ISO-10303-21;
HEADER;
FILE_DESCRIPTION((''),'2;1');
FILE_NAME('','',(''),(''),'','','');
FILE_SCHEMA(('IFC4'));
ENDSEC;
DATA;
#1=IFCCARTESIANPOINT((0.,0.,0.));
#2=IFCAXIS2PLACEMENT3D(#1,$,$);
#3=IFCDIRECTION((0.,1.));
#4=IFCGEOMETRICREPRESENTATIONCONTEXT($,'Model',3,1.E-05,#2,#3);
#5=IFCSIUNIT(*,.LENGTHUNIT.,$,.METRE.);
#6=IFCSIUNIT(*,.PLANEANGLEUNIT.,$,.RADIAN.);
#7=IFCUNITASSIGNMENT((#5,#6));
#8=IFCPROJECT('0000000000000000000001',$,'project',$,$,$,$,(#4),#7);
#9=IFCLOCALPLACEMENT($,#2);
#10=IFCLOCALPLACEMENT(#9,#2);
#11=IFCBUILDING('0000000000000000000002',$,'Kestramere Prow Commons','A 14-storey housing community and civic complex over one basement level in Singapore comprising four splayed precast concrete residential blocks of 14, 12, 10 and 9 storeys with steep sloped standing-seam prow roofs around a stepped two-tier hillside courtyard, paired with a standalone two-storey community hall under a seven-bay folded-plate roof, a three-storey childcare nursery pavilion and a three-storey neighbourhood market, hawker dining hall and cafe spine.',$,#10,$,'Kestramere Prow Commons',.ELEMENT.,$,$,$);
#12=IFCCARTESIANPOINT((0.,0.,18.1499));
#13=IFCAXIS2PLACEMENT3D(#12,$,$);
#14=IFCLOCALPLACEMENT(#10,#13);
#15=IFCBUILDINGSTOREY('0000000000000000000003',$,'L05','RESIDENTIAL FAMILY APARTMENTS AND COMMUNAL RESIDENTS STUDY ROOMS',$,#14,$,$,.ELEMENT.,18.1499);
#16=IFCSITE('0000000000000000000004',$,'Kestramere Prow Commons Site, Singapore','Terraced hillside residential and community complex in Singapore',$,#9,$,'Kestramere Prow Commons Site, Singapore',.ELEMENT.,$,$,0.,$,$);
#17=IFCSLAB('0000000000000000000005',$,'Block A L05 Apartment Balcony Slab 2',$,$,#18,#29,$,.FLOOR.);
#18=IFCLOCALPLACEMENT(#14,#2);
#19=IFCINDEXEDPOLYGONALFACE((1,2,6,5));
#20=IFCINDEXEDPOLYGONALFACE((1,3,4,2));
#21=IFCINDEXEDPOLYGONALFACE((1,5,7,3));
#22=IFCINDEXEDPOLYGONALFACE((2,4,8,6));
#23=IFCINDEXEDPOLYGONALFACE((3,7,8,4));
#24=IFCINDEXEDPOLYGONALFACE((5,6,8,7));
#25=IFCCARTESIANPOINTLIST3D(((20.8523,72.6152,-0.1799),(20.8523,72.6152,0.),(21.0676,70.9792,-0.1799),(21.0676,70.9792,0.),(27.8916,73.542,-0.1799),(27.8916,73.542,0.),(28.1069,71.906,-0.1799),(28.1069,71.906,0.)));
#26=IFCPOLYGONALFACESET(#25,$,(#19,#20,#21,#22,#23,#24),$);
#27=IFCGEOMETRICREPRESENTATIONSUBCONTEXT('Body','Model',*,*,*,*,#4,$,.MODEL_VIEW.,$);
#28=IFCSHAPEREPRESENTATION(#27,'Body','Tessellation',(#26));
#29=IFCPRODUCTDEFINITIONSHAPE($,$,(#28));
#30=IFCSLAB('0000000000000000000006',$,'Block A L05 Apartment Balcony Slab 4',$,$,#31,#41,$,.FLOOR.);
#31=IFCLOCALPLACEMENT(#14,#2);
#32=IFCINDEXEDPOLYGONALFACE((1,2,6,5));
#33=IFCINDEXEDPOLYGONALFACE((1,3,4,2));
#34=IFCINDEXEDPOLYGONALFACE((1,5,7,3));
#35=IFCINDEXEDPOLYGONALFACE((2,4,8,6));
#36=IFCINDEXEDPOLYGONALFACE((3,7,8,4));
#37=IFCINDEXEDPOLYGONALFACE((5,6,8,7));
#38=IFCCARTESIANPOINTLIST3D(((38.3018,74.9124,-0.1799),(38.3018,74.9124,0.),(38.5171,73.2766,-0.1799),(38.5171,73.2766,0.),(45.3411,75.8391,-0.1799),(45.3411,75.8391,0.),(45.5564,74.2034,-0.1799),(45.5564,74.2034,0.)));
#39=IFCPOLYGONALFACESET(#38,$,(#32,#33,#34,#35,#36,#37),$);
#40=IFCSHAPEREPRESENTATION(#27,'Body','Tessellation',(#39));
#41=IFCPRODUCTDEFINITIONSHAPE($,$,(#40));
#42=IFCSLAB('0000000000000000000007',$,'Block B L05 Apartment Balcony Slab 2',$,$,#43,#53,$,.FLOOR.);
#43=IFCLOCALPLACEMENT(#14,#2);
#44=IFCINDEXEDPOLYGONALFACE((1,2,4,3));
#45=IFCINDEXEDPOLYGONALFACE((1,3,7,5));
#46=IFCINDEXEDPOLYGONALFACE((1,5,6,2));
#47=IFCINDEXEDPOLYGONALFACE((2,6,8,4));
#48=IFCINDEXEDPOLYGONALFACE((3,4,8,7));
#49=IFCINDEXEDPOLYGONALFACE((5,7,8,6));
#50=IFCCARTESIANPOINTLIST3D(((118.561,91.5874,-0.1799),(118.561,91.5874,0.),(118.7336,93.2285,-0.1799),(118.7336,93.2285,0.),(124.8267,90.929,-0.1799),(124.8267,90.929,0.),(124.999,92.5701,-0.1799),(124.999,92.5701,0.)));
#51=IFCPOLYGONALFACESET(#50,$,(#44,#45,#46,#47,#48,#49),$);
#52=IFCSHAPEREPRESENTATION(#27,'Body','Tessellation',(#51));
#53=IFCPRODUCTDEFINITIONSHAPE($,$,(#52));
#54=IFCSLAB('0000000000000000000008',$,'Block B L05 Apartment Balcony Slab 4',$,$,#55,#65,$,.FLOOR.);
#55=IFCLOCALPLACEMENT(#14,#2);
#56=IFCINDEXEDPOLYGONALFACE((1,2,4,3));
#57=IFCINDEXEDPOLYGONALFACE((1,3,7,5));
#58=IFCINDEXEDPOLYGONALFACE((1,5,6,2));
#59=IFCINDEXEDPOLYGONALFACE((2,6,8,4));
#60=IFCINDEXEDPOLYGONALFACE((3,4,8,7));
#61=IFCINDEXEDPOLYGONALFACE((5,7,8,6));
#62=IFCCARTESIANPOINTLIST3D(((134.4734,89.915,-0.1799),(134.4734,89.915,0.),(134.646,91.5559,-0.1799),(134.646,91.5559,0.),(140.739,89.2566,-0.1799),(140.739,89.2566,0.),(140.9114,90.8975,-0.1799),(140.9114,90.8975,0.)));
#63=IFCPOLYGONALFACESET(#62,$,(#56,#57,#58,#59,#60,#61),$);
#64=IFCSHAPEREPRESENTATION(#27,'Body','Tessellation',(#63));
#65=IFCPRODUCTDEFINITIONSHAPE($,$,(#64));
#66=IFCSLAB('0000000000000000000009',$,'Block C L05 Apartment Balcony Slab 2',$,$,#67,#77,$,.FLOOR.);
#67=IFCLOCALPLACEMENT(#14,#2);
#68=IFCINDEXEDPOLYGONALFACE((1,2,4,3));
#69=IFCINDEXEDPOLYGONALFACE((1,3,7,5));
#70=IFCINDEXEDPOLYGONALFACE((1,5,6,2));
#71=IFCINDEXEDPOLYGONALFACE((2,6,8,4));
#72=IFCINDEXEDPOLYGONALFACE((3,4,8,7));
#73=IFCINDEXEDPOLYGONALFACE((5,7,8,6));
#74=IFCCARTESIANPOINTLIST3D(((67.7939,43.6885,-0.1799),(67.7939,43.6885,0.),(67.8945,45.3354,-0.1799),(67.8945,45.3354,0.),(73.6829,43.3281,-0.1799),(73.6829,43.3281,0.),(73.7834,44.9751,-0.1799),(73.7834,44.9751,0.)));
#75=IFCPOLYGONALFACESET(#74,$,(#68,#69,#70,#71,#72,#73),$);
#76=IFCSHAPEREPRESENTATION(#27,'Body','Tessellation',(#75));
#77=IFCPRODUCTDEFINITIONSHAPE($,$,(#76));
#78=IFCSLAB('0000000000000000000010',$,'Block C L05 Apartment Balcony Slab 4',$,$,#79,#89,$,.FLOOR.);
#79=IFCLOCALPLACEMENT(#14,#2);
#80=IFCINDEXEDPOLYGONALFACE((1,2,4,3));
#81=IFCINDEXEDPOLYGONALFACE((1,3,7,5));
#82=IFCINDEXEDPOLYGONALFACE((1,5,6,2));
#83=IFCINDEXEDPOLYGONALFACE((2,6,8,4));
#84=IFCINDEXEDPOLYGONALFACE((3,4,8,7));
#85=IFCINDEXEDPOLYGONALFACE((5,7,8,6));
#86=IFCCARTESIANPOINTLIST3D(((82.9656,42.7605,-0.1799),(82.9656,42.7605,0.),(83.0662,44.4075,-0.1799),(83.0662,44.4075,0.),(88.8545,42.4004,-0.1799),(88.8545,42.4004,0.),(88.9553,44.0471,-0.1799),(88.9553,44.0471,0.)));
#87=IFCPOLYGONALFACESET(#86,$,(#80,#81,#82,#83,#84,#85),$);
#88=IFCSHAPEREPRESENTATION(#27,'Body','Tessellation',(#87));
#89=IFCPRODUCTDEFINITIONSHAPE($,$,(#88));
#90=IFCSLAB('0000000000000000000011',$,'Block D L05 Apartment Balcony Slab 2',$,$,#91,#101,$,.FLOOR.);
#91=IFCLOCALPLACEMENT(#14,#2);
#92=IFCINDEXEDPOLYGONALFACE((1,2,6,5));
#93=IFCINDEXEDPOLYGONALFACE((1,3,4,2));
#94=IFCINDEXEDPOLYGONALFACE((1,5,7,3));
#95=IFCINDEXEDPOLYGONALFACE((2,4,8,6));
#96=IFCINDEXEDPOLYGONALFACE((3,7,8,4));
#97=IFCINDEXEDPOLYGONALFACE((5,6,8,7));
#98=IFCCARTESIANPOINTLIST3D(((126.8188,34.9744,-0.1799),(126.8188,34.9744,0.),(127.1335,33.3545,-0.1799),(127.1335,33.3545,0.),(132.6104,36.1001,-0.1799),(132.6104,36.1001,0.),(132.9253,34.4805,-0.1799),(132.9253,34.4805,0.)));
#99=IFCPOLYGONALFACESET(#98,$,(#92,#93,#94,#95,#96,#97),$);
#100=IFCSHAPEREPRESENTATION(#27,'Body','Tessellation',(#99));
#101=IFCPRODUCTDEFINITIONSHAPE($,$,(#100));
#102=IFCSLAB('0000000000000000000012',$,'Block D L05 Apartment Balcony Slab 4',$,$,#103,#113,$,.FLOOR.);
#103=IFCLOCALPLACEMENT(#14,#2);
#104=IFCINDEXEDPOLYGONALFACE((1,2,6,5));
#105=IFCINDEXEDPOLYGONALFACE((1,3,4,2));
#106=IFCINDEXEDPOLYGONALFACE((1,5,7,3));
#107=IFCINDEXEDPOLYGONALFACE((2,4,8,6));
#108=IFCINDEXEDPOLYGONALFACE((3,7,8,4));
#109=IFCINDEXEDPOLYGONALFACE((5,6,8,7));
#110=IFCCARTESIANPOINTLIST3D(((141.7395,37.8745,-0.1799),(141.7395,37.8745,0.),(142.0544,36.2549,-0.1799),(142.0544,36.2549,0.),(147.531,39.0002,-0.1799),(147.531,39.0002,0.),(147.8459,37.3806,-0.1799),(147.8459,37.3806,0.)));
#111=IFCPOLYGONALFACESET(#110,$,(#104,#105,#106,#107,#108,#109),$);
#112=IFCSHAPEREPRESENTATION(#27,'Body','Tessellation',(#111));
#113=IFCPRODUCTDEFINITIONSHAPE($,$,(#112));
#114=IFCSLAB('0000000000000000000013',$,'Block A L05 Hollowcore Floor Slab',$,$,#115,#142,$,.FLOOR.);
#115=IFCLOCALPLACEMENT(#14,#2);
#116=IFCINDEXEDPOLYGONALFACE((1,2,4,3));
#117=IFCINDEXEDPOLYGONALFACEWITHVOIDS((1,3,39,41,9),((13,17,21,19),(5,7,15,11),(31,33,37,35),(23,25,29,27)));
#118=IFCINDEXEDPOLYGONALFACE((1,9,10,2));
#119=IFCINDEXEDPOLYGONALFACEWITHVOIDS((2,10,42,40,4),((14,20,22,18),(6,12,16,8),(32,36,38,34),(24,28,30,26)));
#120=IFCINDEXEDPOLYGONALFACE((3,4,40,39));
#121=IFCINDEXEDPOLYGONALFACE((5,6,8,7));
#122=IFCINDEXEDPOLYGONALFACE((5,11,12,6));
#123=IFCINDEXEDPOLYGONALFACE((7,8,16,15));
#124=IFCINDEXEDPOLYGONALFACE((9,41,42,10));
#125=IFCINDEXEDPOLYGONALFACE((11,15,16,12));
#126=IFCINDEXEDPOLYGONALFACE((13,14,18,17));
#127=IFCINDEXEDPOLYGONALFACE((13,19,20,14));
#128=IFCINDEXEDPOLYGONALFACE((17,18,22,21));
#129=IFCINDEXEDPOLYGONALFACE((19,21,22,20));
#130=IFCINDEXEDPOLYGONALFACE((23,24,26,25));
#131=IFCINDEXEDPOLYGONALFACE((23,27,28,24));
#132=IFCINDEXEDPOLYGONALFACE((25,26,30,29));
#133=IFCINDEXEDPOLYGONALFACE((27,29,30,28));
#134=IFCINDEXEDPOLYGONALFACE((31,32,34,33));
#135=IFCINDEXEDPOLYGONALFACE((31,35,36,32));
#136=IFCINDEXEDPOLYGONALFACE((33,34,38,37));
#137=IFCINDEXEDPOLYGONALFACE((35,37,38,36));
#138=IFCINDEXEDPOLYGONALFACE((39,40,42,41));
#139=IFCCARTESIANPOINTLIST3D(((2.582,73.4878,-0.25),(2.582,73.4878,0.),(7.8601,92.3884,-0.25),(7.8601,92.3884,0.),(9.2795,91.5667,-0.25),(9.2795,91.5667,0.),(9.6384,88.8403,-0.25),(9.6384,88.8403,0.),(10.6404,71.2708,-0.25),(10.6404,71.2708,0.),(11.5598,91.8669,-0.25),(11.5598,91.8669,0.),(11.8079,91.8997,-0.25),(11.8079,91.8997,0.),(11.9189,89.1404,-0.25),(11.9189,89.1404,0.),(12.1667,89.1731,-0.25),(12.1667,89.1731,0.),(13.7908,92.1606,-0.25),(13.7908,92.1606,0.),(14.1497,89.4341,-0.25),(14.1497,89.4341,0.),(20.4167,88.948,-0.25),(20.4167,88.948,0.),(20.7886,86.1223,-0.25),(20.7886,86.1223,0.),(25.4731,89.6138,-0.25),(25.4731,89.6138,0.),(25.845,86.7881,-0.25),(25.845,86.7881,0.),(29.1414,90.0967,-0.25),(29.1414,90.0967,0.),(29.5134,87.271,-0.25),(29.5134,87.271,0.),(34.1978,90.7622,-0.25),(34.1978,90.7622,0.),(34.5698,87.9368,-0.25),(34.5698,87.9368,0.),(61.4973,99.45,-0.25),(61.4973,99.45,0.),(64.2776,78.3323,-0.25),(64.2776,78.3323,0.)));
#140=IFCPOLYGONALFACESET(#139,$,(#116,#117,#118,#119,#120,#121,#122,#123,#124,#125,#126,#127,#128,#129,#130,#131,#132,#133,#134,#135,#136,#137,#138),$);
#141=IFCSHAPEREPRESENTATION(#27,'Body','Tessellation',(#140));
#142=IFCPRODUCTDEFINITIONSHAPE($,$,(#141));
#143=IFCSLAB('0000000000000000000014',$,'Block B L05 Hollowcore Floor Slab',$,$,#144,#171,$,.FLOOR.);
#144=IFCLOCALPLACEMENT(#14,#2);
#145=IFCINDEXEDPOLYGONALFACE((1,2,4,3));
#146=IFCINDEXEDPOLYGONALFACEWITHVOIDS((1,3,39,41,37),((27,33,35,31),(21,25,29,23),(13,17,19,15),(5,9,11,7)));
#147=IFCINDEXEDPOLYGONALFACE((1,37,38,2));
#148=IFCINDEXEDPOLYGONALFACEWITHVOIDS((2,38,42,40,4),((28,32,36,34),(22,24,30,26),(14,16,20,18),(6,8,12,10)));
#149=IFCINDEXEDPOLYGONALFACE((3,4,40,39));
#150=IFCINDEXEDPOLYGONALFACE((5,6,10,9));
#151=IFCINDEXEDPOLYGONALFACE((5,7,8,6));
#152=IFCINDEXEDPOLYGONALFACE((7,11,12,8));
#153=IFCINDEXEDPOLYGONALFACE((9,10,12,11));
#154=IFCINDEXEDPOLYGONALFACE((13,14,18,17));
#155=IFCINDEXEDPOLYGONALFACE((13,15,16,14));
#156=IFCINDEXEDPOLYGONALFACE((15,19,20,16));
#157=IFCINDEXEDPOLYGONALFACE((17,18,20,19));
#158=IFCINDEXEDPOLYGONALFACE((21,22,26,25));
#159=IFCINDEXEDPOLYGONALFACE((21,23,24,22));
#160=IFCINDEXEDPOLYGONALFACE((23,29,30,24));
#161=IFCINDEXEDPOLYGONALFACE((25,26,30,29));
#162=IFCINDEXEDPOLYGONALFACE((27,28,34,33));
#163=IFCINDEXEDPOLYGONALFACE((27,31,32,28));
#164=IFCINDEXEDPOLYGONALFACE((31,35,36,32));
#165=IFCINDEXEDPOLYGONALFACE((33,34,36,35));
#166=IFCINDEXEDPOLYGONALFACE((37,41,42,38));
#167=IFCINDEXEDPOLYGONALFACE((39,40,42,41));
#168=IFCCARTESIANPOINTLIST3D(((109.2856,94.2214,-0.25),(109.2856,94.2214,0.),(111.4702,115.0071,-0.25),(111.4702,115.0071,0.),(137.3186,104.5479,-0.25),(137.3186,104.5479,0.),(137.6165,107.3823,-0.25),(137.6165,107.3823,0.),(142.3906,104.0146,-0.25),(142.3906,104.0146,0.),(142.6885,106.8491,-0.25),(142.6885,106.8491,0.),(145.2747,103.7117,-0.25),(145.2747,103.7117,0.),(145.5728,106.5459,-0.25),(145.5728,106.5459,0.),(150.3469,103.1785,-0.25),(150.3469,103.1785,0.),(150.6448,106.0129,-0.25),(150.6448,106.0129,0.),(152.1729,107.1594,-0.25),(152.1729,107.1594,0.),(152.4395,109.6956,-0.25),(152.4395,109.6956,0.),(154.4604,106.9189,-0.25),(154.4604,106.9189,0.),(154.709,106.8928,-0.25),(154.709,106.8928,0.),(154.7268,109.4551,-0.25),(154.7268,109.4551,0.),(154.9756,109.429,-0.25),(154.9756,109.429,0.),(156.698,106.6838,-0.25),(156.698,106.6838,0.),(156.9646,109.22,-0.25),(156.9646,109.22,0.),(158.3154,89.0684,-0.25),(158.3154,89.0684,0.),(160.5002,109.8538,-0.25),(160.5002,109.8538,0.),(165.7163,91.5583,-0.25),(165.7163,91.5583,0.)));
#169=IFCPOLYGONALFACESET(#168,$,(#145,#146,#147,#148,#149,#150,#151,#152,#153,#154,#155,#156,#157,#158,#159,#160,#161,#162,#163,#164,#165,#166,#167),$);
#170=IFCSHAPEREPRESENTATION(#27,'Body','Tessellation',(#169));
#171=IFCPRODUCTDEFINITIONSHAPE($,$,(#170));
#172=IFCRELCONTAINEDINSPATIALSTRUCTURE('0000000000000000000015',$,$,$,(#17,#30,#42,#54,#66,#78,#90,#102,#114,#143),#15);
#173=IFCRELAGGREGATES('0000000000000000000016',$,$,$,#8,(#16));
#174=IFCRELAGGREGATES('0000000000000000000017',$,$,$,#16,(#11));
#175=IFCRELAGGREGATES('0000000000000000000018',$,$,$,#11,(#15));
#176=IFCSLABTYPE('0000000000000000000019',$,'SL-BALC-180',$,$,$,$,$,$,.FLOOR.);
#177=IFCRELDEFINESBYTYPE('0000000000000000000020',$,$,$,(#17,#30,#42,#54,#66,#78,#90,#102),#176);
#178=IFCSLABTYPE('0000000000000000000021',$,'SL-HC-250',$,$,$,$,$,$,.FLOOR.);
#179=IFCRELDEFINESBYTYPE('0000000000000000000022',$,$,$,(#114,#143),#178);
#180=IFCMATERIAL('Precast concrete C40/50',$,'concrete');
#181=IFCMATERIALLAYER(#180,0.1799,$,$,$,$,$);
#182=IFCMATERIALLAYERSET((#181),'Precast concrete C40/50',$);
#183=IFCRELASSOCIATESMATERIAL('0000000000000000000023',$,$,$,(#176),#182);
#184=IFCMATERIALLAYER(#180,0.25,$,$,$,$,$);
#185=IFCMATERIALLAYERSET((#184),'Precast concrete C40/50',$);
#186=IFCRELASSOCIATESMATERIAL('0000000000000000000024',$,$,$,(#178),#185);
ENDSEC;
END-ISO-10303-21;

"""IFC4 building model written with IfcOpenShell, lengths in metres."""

from ifc_helpers import new_model, si_unit, direction, frame, origin, place, context, subcontext, project, spatial, polyline, outline, extrude, material, layer, layer_set, type_object, element, save


model = new_model("IFC4")

# Units and contexts
model_context = context("Model", 3, precision=1e-05, world=origin(), true_north=direction((0.0, 1.0)))
body_context = subcontext(model_context, "Body", "Model", "MODEL_VIEW")
ifc_project = project(units=[si_unit("LENGTHUNIT", "METRE"), si_unit("PLANEANGLEUNIT", "RADIAN")], contexts=[model_context])

# Site, building, storey
site_placement = place(None, origin())
site = spatial("IfcSite", under=ifc_project, at=site_placement, Name="Kestramere Prow Commons Site, Singapore", Description="Terraced hillside residential and community complex in Singapore", LongName="Kestramere Prow Commons Site, Singapore", CompositionType="ELEMENT", RefElevation=0.0)
building_placement = place(site_placement, origin())
building = spatial("IfcBuilding", under=site, at=building_placement, Name="Kestramere Prow Commons", Description="A 14-storey housing community and civic complex over one basement level in Singapore comprising four splayed precast concrete residential blocks of 14, 12, 10 and 9 storeys with steep sloped standing-seam prow roofs around a stepped two-tier hillside courtyard, paired with a standalone two-storey community hall under a seven-bay folded-plate roof, a three-storey childcare nursery pavilion and a three-storey neighbourhood market, hawker dining hall and cafe spine.", LongName="Kestramere Prow Commons", CompositionType="ELEMENT")
storey_placement = place(building_placement, frame((0.0, 0.0, 18.1499)))
storey = spatial("IfcBuildingStorey", under=building, at=storey_placement, Name="L05", Description="RESIDENTIAL FAMILY APARTMENTS AND COMMUNAL RESIDENTS STUDY ROOMS", CompositionType="ELEMENT", Elevation=18.1499)

# Slabs
ifc_material_1 = material(Name="Precast concrete C40/50", Category="concrete")
ifc_layer_1 = layer(ifc_material_1, 0.1799)
ifc_layer_set_1 = layer_set([ifc_layer_1], Name="Precast concrete C40/50")
slab_type_1 = type_object("IfcSlabType", Name="SL-BALC-180", PredefinedType="FLOOR", material=ifc_layer_set_1)
slab_1_placement = place(storey_placement, frame((0.0, 0.0, -0.1799)))
element("IfcSlab", 1, at=slab_1_placement, inside=storey, type_object=slab_type_1, Name="Block A L05 Apartment Balcony Slab 2", PredefinedType="FLOOR", context=body_context, shape_type="SweptSolid", body=[
    extrude(outline(polyline([(21.0676, 70.9792), (28.1069, 71.906), (27.8916, 73.542), (20.8523, 72.6152), (21.0676, 70.9792)])), origin(), (0.0, 0.0, 1.0), 0.1799),
])
slab_2_placement = place(storey_placement, frame((0.0, 0.0, -0.1799)))
element("IfcSlab", 2, at=slab_2_placement, inside=storey, type_object=slab_type_1, Name="Block A L05 Apartment Balcony Slab 4", PredefinedType="FLOOR", context=body_context, shape_type="SweptSolid", body=[
    extrude(outline(polyline([(38.5171, 73.2766), (45.5564, 74.2034), (45.3411, 75.8391), (38.3018, 74.9124), (38.5171, 73.2766)])), origin(), (0.0, 0.0, 1.0), 0.1799),
])
slab_3_placement = place(storey_placement, frame((0.0, 0.0, -0.1799)))
element("IfcSlab", 3, at=slab_3_placement, inside=storey, type_object=slab_type_1, Name="Block B L05 Apartment Balcony Slab 2", PredefinedType="FLOOR", context=body_context, shape_type="SweptSolid", body=[
    extrude(outline(polyline([(118.561, 91.5874), (124.8267, 90.929), (124.999, 92.5701), (118.7336, 93.2285), (118.561, 91.5874)])), origin(), (0.0, 0.0, 1.0), 0.1799),
])
slab_4_placement = place(storey_placement, frame((0.0, 0.0, -0.1799)))
element("IfcSlab", 4, at=slab_4_placement, inside=storey, type_object=slab_type_1, Name="Block B L05 Apartment Balcony Slab 4", PredefinedType="FLOOR", context=body_context, shape_type="SweptSolid", body=[
    extrude(outline(polyline([(134.4734, 89.915), (140.739, 89.2566), (140.9114, 90.8975), (134.646, 91.5559), (134.4734, 89.915)])), origin(), (0.0, 0.0, 1.0), 0.1799),
])
slab_5_placement = place(storey_placement, frame((0.0, 0.0, -0.1799)))
element("IfcSlab", 5, at=slab_5_placement, inside=storey, type_object=slab_type_1, Name="Block C L05 Apartment Balcony Slab 2", PredefinedType="FLOOR", context=body_context, shape_type="SweptSolid", body=[
    extrude(outline(polyline([(67.7939, 43.6885), (73.6829, 43.3281), (73.7834, 44.9751), (67.8945, 45.3354), (67.7939, 43.6885)])), origin(), (0.0, 0.0, 1.0), 0.1799),
])
slab_6_placement = place(storey_placement, frame((0.0, 0.0, -0.1799)))
element("IfcSlab", 6, at=slab_6_placement, inside=storey, type_object=slab_type_1, Name="Block C L05 Apartment Balcony Slab 4", PredefinedType="FLOOR", context=body_context, shape_type="SweptSolid", body=[
    extrude(outline(polyline([(82.9656, 42.7605), (88.8545, 42.4004), (88.9553, 44.0471), (83.0662, 44.4075), (82.9656, 42.7605)])), origin(), (0.0, 0.0, 1.0), 0.1799),
])
slab_7_placement = place(storey_placement, frame((0.0, 0.0, -0.1799)))
element("IfcSlab", 7, at=slab_7_placement, inside=storey, type_object=slab_type_1, Name="Block D L05 Apartment Balcony Slab 2", PredefinedType="FLOOR", context=body_context, shape_type="SweptSolid", body=[
    extrude(outline(polyline([(127.1335, 33.3545), (132.9253, 34.4805), (132.6104, 36.1001), (126.8188, 34.9744), (127.1335, 33.3545)])), origin(), (0.0, 0.0, 1.0), 0.1799),
])
slab_8_placement = place(storey_placement, frame((0.0, 0.0, -0.1799)))
element("IfcSlab", 8, at=slab_8_placement, inside=storey, type_object=slab_type_1, Name="Block D L05 Apartment Balcony Slab 4", PredefinedType="FLOOR", context=body_context, shape_type="SweptSolid", body=[
    extrude(outline(polyline([(142.0544, 36.2549), (147.8459, 37.3806), (147.531, 39.0002), (141.7395, 37.8745), (142.0544, 36.2549)])), origin(), (0.0, 0.0, 1.0), 0.1799),
])
ifc_layer_2 = layer(ifc_material_1, 0.25)
ifc_layer_set_2 = layer_set([ifc_layer_2], Name="Precast concrete C40/50")
slab_type_2 = type_object("IfcSlabType", Name="SL-HC-250", PredefinedType="FLOOR", material=ifc_layer_set_2)
slab_9_placement = place(storey_placement, frame((0.0, 0.0, -0.25)))
element("IfcSlab", 9, at=slab_9_placement, inside=storey, type_object=slab_type_2, Name="Block A L05 Hollowcore Floor Slab", PredefinedType="FLOOR", context=body_context, shape_type="SweptSolid", body=[
    extrude(outline(polyline([(2.582, 73.4878), (10.6404, 71.2708), (64.2776, 78.3323), (61.4973, 99.45), (7.8601, 92.3884), (2.582, 73.4878)]), holes=[polyline([(9.6384, 88.8403), (11.9189, 89.1404), (11.5598, 91.8669), (9.2795, 91.5667), (9.6384, 88.8403)]), polyline([(12.1667, 89.1731), (14.1497, 89.4341), (13.7908, 92.1606), (11.8079, 91.8997), (12.1667, 89.1731)]), polyline([(20.7886, 86.1223), (25.845, 86.7881), (25.4731, 89.6138), (20.4167, 88.948), (20.7886, 86.1223)]), polyline([(29.5134, 87.271), (34.5698, 87.9368), (34.1978, 90.7622), (29.1414, 90.0967), (29.5134, 87.271)])]), origin(), (0.0, 0.0, 1.0), 0.25),
])
slab_10_placement = place(storey_placement, frame((0.0, 0.0, -0.25)))
element("IfcSlab", 10, at=slab_10_placement, inside=storey, type_object=slab_type_2, Name="Block B L05 Hollowcore Floor Slab", PredefinedType="FLOOR", context=body_context, shape_type="SweptSolid", body=[
    extrude(outline(polyline([(109.2856, 94.2214), (158.3154, 89.0684), (165.7163, 91.5583), (160.5002, 109.8538), (111.4702, 115.0071), (109.2856, 94.2214)]), holes=[polyline([(152.1729, 107.1594), (154.4604, 106.9189), (154.7268, 109.4551), (152.4395, 109.6956), (152.1729, 107.1594)]), polyline([(154.709, 106.8928), (156.698, 106.6838), (156.9646, 109.22), (154.9756, 109.429), (154.709, 106.8928)]), polyline([(137.3186, 104.5479), (142.3906, 104.0146), (142.6885, 106.8491), (137.6165, 107.3823), (137.3186, 104.5479)]), polyline([(145.2747, 103.7117), (150.3469, 103.1785), (150.6448, 106.0129), (145.5728, 106.5459), (145.2747, 103.7117)])]), origin(), (0.0, 0.0, 1.0), 0.25),
])

save(model, "model.ifc")
